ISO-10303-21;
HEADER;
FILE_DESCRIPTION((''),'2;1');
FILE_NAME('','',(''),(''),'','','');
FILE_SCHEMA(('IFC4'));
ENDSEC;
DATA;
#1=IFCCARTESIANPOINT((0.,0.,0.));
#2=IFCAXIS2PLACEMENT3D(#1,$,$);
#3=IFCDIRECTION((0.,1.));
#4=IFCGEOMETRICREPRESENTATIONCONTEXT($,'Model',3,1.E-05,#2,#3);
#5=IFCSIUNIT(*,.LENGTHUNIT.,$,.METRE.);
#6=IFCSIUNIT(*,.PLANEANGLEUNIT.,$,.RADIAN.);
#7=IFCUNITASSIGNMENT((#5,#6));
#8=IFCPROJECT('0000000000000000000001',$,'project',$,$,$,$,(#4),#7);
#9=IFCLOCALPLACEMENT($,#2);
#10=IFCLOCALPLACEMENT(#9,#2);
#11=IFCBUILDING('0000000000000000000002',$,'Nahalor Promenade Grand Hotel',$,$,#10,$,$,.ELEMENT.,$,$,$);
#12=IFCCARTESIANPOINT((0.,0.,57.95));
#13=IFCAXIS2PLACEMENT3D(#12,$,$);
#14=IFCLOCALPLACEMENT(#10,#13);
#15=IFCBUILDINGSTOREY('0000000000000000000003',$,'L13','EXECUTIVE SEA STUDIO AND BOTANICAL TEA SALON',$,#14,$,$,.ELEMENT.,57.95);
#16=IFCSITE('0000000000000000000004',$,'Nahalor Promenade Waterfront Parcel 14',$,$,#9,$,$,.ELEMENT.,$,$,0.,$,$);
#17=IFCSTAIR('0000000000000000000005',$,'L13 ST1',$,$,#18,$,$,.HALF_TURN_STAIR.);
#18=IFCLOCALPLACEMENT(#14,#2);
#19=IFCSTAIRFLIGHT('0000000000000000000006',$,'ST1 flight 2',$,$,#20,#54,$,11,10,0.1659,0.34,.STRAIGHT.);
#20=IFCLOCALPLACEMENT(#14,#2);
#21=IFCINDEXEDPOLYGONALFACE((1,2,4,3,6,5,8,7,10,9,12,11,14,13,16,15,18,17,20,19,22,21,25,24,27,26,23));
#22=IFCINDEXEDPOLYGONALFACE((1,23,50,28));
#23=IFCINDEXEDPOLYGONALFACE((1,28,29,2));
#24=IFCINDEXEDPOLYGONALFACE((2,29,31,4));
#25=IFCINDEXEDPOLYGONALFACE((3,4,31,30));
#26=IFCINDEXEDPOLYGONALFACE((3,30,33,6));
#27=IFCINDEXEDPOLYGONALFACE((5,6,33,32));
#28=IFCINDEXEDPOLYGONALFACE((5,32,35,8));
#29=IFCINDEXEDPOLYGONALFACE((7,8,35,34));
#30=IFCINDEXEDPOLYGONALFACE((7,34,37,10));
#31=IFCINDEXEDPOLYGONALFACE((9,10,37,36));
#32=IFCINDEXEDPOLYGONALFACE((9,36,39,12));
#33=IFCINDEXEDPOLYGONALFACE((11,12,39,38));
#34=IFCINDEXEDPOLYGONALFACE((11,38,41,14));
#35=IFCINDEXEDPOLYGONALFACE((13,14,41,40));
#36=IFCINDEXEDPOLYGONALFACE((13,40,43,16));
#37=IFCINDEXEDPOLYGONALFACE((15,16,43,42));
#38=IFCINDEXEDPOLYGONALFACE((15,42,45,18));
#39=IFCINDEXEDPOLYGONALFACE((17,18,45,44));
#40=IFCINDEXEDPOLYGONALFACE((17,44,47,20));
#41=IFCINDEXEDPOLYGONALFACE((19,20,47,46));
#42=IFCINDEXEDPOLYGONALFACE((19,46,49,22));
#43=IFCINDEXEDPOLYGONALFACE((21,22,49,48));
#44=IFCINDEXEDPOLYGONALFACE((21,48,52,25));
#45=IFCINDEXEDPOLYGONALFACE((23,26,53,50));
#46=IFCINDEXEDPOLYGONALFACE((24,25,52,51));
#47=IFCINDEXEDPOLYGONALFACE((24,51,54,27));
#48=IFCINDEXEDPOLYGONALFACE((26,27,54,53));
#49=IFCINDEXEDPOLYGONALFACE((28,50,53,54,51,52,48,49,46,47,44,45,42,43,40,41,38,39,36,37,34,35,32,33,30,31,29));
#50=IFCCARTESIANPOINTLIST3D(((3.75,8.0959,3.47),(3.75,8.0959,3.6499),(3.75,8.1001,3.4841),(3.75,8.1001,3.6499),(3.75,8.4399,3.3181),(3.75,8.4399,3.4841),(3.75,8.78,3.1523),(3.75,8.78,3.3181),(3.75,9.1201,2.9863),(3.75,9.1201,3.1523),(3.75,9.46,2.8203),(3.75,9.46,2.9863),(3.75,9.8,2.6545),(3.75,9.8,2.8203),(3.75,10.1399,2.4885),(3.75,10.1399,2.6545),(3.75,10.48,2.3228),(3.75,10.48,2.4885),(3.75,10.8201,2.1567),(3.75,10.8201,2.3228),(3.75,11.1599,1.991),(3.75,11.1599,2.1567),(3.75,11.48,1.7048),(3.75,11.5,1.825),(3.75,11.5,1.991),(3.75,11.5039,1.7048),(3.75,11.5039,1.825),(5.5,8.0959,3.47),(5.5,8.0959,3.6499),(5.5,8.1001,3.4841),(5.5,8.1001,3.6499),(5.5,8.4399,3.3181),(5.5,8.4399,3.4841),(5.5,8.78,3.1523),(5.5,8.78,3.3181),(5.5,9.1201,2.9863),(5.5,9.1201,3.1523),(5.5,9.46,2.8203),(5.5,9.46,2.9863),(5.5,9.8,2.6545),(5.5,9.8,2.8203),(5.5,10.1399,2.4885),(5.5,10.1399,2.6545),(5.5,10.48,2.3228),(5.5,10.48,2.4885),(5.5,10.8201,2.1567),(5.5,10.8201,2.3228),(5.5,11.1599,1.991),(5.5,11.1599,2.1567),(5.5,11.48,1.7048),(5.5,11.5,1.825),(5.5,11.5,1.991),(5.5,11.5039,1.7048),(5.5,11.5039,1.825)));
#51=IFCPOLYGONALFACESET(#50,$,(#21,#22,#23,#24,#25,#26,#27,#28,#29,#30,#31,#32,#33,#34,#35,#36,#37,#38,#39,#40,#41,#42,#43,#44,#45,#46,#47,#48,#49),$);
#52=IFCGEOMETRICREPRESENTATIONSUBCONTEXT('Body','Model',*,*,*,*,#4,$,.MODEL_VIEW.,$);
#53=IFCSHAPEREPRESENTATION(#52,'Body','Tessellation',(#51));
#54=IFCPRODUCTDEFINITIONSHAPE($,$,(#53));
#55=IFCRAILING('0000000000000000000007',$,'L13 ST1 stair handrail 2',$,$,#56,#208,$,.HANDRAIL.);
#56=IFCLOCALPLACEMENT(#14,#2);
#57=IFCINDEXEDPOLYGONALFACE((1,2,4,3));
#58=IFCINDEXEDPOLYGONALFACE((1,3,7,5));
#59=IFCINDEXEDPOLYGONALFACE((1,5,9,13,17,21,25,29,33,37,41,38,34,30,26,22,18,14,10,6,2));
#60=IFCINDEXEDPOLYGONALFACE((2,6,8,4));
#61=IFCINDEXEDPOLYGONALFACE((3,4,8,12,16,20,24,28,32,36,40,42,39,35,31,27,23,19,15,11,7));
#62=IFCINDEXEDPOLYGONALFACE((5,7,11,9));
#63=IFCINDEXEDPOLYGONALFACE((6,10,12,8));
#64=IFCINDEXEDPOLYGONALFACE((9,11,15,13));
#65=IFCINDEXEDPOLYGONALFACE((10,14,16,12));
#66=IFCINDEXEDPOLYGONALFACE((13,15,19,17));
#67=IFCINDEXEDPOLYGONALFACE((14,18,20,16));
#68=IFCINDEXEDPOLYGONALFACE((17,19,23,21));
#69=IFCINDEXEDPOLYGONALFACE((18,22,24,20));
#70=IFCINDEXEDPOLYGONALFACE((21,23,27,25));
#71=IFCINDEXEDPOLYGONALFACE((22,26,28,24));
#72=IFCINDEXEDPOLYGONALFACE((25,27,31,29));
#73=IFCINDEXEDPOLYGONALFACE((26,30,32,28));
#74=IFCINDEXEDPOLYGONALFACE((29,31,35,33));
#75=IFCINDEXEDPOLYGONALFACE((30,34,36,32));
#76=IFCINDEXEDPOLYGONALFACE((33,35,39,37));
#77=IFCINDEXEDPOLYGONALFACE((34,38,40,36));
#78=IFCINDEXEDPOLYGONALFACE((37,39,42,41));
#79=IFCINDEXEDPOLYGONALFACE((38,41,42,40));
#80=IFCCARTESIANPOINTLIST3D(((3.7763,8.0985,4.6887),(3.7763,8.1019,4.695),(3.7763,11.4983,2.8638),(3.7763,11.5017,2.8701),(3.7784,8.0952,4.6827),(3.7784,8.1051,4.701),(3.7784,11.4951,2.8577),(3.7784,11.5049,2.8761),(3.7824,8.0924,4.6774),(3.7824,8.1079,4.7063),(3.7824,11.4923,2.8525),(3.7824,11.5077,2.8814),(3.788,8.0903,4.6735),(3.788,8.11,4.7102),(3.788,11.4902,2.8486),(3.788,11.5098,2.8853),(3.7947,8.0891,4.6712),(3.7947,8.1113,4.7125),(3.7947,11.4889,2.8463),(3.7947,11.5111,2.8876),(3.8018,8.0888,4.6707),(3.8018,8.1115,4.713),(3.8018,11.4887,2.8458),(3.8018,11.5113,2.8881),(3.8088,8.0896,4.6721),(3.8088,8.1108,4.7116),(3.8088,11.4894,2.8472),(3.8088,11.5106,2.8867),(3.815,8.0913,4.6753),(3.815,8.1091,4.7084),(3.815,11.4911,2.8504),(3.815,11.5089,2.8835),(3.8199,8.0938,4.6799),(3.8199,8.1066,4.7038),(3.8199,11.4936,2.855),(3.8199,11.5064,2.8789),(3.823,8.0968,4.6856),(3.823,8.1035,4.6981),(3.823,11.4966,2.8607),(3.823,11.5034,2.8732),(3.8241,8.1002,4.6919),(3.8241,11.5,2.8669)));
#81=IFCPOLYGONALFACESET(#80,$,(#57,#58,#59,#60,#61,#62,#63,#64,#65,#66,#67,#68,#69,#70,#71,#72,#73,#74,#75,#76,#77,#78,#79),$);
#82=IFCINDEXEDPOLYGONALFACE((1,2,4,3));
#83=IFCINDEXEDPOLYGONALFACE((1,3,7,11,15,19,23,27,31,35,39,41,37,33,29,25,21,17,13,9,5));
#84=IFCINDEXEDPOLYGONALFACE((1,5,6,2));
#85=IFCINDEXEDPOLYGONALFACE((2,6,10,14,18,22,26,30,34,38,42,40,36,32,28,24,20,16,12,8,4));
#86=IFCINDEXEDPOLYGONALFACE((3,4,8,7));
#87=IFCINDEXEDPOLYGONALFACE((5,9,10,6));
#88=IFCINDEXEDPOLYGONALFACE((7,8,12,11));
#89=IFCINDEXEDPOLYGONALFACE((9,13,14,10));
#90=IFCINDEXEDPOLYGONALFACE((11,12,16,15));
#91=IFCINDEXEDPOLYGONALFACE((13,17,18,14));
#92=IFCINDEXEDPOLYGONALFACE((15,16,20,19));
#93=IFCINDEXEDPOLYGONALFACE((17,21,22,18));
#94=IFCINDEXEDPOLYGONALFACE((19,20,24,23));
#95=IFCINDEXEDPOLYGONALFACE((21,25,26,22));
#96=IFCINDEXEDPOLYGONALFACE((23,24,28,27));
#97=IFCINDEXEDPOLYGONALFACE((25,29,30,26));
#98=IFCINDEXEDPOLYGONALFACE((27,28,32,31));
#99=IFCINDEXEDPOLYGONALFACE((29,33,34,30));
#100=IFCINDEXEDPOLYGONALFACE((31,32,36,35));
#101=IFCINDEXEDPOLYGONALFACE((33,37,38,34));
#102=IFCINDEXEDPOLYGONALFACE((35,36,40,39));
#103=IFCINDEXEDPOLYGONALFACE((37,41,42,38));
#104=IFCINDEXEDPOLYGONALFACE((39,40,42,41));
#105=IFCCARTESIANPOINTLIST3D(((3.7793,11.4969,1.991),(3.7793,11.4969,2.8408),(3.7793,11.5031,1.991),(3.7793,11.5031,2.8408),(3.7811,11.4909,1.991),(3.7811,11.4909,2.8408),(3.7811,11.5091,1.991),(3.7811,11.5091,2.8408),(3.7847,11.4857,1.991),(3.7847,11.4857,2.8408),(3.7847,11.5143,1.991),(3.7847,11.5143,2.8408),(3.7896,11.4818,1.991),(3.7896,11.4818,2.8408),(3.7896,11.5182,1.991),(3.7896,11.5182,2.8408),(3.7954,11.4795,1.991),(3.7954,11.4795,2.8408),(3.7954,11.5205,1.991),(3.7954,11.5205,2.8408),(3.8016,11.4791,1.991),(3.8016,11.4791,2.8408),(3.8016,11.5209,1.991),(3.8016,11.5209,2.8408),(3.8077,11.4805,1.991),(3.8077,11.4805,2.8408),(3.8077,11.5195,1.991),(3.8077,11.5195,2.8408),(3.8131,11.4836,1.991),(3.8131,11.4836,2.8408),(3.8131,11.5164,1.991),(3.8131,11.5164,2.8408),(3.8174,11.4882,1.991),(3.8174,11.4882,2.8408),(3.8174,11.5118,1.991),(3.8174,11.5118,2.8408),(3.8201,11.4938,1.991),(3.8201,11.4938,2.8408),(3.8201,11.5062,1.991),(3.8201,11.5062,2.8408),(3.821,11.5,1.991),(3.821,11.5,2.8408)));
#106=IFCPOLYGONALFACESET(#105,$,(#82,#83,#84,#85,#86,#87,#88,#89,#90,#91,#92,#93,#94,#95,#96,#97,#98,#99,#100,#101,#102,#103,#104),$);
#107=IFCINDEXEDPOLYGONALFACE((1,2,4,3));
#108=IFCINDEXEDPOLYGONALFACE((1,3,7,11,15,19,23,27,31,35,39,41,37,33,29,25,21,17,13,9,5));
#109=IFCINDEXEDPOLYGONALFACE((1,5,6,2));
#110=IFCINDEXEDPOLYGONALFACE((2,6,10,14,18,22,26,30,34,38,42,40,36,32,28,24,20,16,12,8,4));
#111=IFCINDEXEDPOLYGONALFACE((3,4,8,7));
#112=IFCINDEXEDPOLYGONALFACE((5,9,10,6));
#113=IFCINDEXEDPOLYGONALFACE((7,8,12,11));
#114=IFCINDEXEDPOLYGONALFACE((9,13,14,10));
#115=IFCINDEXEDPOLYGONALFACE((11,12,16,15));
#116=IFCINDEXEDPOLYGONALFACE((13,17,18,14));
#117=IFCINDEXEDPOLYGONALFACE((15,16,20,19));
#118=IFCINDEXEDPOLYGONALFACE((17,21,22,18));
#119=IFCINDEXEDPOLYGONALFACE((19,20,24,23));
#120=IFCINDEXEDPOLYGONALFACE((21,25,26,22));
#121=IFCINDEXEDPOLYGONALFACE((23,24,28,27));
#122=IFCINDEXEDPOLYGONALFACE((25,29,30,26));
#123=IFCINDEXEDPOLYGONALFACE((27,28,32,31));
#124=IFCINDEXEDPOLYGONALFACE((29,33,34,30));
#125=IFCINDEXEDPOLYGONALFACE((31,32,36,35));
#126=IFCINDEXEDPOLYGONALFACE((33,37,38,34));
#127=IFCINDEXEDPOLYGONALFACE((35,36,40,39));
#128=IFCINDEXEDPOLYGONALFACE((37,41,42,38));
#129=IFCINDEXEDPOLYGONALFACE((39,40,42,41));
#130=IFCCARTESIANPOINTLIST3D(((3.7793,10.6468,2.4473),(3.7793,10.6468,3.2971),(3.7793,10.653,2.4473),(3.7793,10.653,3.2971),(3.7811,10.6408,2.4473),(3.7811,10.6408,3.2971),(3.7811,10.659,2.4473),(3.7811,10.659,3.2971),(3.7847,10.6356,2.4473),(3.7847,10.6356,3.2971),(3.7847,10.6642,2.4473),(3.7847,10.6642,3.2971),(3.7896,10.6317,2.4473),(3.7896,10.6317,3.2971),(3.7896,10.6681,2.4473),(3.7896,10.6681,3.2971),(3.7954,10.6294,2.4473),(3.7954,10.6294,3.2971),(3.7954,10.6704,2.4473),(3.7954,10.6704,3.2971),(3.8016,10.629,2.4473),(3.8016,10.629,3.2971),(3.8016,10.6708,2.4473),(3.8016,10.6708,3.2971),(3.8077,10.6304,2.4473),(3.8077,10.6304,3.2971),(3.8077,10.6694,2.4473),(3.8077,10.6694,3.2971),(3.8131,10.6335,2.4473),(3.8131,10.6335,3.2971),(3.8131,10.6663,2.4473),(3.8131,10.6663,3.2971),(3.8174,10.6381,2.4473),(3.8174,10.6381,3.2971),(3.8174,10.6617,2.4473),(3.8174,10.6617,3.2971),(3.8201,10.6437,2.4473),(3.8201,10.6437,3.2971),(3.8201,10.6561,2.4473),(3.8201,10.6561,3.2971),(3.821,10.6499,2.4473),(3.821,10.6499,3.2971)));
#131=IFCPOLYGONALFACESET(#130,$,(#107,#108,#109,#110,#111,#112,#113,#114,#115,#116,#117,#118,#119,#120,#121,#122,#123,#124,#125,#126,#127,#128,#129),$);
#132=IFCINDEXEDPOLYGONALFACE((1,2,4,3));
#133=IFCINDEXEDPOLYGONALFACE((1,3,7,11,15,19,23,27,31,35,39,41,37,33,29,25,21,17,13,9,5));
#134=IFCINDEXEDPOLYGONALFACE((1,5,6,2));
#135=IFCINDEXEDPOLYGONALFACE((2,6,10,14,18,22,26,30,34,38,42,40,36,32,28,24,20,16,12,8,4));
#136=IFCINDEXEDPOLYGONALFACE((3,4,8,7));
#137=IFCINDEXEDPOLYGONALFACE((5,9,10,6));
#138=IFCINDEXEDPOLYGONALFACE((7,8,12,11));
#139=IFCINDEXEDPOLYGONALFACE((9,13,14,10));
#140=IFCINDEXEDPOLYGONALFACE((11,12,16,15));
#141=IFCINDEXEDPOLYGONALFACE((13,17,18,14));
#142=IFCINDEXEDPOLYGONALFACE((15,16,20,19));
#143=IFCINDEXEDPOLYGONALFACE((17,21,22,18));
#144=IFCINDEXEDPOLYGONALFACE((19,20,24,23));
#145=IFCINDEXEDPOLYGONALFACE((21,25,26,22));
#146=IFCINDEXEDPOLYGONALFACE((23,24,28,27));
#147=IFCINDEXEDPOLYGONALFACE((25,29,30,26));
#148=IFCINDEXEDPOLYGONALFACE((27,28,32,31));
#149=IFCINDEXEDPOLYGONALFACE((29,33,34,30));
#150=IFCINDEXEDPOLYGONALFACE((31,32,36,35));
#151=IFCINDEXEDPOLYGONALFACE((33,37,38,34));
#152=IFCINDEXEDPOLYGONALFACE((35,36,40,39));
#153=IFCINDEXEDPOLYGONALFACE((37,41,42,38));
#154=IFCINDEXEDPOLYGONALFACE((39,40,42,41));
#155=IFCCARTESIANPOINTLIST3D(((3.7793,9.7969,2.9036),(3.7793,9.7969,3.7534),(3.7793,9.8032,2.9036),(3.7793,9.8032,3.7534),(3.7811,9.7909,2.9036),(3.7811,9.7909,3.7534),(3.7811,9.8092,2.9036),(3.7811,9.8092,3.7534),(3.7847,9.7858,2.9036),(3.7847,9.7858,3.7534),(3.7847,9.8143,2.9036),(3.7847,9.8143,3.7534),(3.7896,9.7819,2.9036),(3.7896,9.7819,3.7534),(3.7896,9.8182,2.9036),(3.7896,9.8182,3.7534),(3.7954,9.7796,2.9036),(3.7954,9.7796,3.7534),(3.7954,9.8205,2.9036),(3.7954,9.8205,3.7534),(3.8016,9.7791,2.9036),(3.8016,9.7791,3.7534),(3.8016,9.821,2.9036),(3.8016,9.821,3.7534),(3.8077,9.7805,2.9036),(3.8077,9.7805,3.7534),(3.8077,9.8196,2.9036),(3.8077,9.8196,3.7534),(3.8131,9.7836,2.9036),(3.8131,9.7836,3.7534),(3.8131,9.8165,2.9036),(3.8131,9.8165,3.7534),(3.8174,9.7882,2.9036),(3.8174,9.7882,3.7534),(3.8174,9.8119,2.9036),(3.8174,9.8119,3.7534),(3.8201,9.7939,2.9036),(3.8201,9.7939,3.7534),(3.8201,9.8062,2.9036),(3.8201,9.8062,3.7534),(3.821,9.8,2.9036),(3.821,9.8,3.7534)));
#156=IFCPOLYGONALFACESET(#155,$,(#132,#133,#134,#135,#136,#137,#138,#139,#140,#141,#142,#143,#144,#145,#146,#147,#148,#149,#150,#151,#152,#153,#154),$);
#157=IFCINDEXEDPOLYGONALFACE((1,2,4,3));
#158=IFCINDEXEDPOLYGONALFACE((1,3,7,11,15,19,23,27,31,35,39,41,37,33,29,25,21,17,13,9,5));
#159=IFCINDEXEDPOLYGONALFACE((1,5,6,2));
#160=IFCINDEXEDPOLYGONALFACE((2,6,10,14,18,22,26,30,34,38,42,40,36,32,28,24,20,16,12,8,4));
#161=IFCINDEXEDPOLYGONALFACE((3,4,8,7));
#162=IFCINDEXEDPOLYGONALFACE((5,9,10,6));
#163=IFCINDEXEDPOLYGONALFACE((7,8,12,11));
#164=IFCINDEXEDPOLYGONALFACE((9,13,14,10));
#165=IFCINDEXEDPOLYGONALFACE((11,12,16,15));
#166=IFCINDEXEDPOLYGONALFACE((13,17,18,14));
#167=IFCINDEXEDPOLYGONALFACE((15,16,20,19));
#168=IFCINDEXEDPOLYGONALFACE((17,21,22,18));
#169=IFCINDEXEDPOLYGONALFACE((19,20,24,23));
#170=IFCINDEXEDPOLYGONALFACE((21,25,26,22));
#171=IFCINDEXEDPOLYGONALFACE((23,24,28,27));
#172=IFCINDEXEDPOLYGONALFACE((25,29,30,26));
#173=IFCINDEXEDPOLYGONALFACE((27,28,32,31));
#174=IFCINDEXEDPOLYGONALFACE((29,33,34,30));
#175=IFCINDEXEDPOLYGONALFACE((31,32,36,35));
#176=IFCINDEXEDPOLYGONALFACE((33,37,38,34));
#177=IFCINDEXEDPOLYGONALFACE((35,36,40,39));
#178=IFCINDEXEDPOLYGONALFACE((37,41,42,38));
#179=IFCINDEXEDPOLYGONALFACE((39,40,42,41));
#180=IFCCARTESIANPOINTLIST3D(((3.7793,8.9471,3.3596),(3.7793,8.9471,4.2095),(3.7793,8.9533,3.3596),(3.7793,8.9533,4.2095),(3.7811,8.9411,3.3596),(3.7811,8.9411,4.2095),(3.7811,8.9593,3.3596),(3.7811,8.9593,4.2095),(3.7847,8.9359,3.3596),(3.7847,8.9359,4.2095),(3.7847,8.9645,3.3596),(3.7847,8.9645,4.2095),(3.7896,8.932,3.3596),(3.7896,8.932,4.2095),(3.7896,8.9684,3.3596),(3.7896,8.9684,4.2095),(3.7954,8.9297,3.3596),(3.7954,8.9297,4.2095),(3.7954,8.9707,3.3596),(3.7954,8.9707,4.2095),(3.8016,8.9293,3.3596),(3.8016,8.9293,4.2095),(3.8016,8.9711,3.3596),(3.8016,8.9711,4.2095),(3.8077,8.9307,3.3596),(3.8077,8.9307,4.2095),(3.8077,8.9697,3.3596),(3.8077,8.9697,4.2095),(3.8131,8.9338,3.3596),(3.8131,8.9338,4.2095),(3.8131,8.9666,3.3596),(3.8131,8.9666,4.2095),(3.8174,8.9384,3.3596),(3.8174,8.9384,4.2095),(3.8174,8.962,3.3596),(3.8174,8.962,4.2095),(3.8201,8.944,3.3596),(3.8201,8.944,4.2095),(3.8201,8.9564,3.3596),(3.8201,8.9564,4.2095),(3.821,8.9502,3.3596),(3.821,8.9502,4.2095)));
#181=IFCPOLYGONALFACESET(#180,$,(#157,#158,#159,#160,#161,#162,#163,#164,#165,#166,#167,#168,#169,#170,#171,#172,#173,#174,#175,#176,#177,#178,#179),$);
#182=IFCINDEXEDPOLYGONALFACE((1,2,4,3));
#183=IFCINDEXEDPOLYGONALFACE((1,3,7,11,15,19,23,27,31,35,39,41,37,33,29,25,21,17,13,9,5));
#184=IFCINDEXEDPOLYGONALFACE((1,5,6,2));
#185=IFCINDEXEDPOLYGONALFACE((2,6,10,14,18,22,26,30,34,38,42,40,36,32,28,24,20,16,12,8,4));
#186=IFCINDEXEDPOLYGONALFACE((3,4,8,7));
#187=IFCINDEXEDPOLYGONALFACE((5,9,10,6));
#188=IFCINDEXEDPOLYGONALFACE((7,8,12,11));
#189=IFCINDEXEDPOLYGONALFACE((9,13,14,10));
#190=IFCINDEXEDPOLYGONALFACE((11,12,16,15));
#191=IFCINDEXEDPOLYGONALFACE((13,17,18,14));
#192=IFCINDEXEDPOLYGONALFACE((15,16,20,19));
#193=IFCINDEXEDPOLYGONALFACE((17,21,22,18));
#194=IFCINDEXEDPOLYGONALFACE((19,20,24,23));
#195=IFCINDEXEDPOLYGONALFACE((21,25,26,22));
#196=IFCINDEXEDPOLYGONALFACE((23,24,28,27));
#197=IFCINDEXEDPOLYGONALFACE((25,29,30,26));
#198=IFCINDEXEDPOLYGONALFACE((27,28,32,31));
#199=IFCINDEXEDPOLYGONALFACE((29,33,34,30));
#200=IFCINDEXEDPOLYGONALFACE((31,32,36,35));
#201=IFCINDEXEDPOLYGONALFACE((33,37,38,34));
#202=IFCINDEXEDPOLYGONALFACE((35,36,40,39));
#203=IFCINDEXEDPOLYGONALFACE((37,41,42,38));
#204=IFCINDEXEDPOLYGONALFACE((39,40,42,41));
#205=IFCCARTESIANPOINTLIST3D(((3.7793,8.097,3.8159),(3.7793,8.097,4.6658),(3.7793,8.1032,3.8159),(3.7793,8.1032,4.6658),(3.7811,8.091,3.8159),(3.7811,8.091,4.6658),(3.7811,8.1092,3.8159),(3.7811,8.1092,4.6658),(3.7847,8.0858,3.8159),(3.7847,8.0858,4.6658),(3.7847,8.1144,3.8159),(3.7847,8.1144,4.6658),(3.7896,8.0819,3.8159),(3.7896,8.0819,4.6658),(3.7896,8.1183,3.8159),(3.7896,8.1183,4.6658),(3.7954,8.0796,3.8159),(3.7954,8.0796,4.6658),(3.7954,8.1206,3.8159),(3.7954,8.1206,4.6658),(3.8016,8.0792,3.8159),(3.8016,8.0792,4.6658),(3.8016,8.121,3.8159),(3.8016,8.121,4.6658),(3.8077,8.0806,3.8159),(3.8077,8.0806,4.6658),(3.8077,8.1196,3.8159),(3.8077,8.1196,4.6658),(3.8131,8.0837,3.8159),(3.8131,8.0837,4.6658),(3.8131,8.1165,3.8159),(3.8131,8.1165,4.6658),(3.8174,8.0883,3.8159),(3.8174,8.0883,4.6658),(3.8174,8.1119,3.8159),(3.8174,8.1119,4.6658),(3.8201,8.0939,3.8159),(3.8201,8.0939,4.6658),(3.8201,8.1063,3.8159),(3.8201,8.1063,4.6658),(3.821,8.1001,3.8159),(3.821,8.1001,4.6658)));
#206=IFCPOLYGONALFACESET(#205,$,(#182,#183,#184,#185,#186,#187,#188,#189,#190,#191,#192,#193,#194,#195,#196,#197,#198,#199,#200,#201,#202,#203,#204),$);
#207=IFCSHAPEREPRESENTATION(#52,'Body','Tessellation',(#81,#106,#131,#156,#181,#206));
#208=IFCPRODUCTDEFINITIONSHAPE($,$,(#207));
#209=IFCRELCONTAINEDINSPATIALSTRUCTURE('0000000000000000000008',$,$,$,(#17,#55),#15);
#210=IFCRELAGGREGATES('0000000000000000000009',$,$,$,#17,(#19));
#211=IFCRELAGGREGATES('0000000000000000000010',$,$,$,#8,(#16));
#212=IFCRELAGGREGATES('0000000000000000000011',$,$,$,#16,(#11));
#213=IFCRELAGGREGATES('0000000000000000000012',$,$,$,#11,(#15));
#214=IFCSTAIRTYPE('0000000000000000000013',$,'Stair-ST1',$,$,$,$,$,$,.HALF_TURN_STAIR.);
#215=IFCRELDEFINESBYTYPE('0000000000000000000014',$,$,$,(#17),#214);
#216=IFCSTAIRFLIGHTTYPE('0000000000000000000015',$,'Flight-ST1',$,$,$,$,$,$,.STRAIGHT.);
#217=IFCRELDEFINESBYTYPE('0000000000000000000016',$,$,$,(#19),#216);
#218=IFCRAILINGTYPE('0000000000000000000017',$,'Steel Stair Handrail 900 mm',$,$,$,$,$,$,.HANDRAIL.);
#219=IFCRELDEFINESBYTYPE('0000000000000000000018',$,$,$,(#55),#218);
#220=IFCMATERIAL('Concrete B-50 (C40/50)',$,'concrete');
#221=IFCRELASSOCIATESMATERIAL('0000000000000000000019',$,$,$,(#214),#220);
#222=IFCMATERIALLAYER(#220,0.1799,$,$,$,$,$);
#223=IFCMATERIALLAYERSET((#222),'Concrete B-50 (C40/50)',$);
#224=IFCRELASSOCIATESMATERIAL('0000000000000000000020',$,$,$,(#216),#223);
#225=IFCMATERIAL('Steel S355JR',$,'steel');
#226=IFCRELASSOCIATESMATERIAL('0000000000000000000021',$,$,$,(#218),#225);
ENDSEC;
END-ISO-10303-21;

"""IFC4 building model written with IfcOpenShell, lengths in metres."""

from ifc_helpers import new_model, si_unit, direction, frame, origin, origin_2d, place, context, subcontext, project, spatial, polyline, circle, outline, extrude, source, transform, mapped, material, layer, layer_set, type_object, element, aggregate, save


model = new_model("IFC4")

# Units and contexts
model_context = context("Model", 3, precision=1e-05, world=origin(), true_north=direction((0.0, 1.0)))
body_context = subcontext(model_context, "Body", "Model", "MODEL_VIEW")
ifc_project = project(units=[si_unit("LENGTHUNIT", "METRE"), si_unit("PLANEANGLEUNIT", "RADIAN")], contexts=[model_context])

# Site, building, storey
site_placement = place(None, origin())
site = spatial("IfcSite", under=ifc_project, at=site_placement, Name="Nahalor Promenade Waterfront Parcel 14", CompositionType="ELEMENT", RefElevation=0.0)
building_placement = place(site_placement, origin())
building = spatial("IfcBuilding", under=site, at=building_placement, Name="Nahalor Promenade Grand Hotel", CompositionType="ELEMENT")
storey_placement = place(building_placement, frame((0.0, 0.0, 57.95)))
storey = spatial("IfcBuildingStorey", under=building, at=storey_placement, Name="L13", Description="EXECUTIVE SEA STUDIO AND BOTANICAL TEA SALON", CompositionType="ELEMENT", Elevation=57.95)

# Shared definitions
ifc_material_1 = material(Name="Steel S355JR", Category="steel")

# Stair
ifc_material_2 = material(Name="Concrete B-50 (C40/50)", Category="concrete")
stair_type_1 = type_object("IfcStairType", Name="Stair-ST1", PredefinedType="HALF_TURN_STAIR", material=ifc_material_2)
stair_1_placement = place(storey_placement, origin())
stair_1 = element("IfcStair", 1, at=stair_1_placement, inside=storey, type_object=stair_type_1, Name="L13 ST1", PredefinedType="HALF_TURN_STAIR")

# Stair flight
ifc_layer_1 = layer(ifc_material_2, 0.1799)
ifc_layer_set_1 = layer_set([ifc_layer_1], Name="Concrete B-50 (C40/50)")
stair_flight_type = type_object("IfcStairFlightType", Name="Flight-ST1", PredefinedType="STRAIGHT", material=ifc_layer_set_1)
shared_shape_1 = source(origin(), body_context, "Body", "SweptSolid", [
    extrude(outline(polyline([(-0.0039, -0.1201), (-0.0039, 0.0), (0.0, 0.0), (0.0, 0.166), (0.3401, 0.166), (0.3401, 0.3318), (0.6799, 0.3318), (0.6799, 0.4978), (1.02, 0.4978), (1.02, 0.6636), (1.3601, 0.6636), (1.3601, 0.8296), (1.7, 0.8296), (1.7, 0.9954), (2.04, 0.9954), (2.04, 1.1614), (2.3799, 1.1614), (2.3799, 1.3274), (2.72, 1.3274), (2.72, 1.4932), (3.0601, 1.4932), (3.0601, 1.6592), (3.3999, 1.6592), (3.3999, 1.825), (3.4041, 1.825), (3.4041, 1.645), (0.02, -0.1201), (-0.0039, -0.1201)])), frame((0.0, 0.875, 0.0), z_axis=(0.0, -1.0, 0.0), x_axis=(1.0, 0.0, 0.0)), (0.0, 0.0, 1.0), 1.75),
])
stair_flight_placement = place(storey_placement, frame((4.625, 11.5, 1.825), z_axis=(0.0, 0.0, 1.0), x_axis=(0.0, -1.0, 0.0)))
stair_flight = element("IfcStairFlight", 2, at=stair_flight_placement, type_object=stair_flight_type, Name="ST1 flight 2", NumberOfRisers=11, NumberOfTreads=10, PredefinedType="STRAIGHT", RiserHeight=0.1659, TreadLength=0.34, context=body_context, shape_type="MappedRepresentation", body=[
    mapped(shared_shape_1, transform((0.0, 0.0, 0.0), scale=1.0)),
])
aggregate(stair_1, [stair_flight])

# Railing
railing_type = type_object("IfcRailingType", Name="Steel Stair Handrail 900 mm", PredefinedType="HANDRAIL", material=ifc_material_1)
railing_placement = place(storey_placement, frame((3.8, 11.5, 1.991)))
element("IfcRailing", 3, at=railing_placement, inside=storey, type_object=railing_type, Name="L13 ST1 stair handrail 2", PredefinedType="HANDRAIL", context=body_context, shape_type="SweptSolid", body=[
    extrude(circle(Radius=0.024, at=origin_2d()), frame((0.0, 0.0, 0.876), z_axis=(0.0, -0.881094, 0.472941), x_axis=(1.0, 0.0, 0.0)), (0.0, 0.0, 1.0), 3.8586),
    extrude(circle(Radius=0.021, at=origin_2d()), origin(), (0.0, 0.0, 1.0), 0.8499),
    extrude(circle(Radius=0.021, at=origin_2d()), frame((0.0, -0.8501, 0.4563)), (0.0, 0.0, 1.0), 0.8499),
    extrude(circle(Radius=0.021, at=origin_2d()), frame((0.0, -1.7, 0.9126)), (0.0, 0.0, 1.0), 0.8499),
    extrude(circle(Radius=0.021, at=origin_2d()), frame((0.0, -2.5498, 1.3687)), (0.0, 0.0, 1.0), 0.8499),
    extrude(circle(Radius=0.021, at=origin_2d()), frame((0.0, -3.3999, 1.825)), (0.0, 0.0, 1.0), 0.8499),
])

save(model, "model.ifc")
